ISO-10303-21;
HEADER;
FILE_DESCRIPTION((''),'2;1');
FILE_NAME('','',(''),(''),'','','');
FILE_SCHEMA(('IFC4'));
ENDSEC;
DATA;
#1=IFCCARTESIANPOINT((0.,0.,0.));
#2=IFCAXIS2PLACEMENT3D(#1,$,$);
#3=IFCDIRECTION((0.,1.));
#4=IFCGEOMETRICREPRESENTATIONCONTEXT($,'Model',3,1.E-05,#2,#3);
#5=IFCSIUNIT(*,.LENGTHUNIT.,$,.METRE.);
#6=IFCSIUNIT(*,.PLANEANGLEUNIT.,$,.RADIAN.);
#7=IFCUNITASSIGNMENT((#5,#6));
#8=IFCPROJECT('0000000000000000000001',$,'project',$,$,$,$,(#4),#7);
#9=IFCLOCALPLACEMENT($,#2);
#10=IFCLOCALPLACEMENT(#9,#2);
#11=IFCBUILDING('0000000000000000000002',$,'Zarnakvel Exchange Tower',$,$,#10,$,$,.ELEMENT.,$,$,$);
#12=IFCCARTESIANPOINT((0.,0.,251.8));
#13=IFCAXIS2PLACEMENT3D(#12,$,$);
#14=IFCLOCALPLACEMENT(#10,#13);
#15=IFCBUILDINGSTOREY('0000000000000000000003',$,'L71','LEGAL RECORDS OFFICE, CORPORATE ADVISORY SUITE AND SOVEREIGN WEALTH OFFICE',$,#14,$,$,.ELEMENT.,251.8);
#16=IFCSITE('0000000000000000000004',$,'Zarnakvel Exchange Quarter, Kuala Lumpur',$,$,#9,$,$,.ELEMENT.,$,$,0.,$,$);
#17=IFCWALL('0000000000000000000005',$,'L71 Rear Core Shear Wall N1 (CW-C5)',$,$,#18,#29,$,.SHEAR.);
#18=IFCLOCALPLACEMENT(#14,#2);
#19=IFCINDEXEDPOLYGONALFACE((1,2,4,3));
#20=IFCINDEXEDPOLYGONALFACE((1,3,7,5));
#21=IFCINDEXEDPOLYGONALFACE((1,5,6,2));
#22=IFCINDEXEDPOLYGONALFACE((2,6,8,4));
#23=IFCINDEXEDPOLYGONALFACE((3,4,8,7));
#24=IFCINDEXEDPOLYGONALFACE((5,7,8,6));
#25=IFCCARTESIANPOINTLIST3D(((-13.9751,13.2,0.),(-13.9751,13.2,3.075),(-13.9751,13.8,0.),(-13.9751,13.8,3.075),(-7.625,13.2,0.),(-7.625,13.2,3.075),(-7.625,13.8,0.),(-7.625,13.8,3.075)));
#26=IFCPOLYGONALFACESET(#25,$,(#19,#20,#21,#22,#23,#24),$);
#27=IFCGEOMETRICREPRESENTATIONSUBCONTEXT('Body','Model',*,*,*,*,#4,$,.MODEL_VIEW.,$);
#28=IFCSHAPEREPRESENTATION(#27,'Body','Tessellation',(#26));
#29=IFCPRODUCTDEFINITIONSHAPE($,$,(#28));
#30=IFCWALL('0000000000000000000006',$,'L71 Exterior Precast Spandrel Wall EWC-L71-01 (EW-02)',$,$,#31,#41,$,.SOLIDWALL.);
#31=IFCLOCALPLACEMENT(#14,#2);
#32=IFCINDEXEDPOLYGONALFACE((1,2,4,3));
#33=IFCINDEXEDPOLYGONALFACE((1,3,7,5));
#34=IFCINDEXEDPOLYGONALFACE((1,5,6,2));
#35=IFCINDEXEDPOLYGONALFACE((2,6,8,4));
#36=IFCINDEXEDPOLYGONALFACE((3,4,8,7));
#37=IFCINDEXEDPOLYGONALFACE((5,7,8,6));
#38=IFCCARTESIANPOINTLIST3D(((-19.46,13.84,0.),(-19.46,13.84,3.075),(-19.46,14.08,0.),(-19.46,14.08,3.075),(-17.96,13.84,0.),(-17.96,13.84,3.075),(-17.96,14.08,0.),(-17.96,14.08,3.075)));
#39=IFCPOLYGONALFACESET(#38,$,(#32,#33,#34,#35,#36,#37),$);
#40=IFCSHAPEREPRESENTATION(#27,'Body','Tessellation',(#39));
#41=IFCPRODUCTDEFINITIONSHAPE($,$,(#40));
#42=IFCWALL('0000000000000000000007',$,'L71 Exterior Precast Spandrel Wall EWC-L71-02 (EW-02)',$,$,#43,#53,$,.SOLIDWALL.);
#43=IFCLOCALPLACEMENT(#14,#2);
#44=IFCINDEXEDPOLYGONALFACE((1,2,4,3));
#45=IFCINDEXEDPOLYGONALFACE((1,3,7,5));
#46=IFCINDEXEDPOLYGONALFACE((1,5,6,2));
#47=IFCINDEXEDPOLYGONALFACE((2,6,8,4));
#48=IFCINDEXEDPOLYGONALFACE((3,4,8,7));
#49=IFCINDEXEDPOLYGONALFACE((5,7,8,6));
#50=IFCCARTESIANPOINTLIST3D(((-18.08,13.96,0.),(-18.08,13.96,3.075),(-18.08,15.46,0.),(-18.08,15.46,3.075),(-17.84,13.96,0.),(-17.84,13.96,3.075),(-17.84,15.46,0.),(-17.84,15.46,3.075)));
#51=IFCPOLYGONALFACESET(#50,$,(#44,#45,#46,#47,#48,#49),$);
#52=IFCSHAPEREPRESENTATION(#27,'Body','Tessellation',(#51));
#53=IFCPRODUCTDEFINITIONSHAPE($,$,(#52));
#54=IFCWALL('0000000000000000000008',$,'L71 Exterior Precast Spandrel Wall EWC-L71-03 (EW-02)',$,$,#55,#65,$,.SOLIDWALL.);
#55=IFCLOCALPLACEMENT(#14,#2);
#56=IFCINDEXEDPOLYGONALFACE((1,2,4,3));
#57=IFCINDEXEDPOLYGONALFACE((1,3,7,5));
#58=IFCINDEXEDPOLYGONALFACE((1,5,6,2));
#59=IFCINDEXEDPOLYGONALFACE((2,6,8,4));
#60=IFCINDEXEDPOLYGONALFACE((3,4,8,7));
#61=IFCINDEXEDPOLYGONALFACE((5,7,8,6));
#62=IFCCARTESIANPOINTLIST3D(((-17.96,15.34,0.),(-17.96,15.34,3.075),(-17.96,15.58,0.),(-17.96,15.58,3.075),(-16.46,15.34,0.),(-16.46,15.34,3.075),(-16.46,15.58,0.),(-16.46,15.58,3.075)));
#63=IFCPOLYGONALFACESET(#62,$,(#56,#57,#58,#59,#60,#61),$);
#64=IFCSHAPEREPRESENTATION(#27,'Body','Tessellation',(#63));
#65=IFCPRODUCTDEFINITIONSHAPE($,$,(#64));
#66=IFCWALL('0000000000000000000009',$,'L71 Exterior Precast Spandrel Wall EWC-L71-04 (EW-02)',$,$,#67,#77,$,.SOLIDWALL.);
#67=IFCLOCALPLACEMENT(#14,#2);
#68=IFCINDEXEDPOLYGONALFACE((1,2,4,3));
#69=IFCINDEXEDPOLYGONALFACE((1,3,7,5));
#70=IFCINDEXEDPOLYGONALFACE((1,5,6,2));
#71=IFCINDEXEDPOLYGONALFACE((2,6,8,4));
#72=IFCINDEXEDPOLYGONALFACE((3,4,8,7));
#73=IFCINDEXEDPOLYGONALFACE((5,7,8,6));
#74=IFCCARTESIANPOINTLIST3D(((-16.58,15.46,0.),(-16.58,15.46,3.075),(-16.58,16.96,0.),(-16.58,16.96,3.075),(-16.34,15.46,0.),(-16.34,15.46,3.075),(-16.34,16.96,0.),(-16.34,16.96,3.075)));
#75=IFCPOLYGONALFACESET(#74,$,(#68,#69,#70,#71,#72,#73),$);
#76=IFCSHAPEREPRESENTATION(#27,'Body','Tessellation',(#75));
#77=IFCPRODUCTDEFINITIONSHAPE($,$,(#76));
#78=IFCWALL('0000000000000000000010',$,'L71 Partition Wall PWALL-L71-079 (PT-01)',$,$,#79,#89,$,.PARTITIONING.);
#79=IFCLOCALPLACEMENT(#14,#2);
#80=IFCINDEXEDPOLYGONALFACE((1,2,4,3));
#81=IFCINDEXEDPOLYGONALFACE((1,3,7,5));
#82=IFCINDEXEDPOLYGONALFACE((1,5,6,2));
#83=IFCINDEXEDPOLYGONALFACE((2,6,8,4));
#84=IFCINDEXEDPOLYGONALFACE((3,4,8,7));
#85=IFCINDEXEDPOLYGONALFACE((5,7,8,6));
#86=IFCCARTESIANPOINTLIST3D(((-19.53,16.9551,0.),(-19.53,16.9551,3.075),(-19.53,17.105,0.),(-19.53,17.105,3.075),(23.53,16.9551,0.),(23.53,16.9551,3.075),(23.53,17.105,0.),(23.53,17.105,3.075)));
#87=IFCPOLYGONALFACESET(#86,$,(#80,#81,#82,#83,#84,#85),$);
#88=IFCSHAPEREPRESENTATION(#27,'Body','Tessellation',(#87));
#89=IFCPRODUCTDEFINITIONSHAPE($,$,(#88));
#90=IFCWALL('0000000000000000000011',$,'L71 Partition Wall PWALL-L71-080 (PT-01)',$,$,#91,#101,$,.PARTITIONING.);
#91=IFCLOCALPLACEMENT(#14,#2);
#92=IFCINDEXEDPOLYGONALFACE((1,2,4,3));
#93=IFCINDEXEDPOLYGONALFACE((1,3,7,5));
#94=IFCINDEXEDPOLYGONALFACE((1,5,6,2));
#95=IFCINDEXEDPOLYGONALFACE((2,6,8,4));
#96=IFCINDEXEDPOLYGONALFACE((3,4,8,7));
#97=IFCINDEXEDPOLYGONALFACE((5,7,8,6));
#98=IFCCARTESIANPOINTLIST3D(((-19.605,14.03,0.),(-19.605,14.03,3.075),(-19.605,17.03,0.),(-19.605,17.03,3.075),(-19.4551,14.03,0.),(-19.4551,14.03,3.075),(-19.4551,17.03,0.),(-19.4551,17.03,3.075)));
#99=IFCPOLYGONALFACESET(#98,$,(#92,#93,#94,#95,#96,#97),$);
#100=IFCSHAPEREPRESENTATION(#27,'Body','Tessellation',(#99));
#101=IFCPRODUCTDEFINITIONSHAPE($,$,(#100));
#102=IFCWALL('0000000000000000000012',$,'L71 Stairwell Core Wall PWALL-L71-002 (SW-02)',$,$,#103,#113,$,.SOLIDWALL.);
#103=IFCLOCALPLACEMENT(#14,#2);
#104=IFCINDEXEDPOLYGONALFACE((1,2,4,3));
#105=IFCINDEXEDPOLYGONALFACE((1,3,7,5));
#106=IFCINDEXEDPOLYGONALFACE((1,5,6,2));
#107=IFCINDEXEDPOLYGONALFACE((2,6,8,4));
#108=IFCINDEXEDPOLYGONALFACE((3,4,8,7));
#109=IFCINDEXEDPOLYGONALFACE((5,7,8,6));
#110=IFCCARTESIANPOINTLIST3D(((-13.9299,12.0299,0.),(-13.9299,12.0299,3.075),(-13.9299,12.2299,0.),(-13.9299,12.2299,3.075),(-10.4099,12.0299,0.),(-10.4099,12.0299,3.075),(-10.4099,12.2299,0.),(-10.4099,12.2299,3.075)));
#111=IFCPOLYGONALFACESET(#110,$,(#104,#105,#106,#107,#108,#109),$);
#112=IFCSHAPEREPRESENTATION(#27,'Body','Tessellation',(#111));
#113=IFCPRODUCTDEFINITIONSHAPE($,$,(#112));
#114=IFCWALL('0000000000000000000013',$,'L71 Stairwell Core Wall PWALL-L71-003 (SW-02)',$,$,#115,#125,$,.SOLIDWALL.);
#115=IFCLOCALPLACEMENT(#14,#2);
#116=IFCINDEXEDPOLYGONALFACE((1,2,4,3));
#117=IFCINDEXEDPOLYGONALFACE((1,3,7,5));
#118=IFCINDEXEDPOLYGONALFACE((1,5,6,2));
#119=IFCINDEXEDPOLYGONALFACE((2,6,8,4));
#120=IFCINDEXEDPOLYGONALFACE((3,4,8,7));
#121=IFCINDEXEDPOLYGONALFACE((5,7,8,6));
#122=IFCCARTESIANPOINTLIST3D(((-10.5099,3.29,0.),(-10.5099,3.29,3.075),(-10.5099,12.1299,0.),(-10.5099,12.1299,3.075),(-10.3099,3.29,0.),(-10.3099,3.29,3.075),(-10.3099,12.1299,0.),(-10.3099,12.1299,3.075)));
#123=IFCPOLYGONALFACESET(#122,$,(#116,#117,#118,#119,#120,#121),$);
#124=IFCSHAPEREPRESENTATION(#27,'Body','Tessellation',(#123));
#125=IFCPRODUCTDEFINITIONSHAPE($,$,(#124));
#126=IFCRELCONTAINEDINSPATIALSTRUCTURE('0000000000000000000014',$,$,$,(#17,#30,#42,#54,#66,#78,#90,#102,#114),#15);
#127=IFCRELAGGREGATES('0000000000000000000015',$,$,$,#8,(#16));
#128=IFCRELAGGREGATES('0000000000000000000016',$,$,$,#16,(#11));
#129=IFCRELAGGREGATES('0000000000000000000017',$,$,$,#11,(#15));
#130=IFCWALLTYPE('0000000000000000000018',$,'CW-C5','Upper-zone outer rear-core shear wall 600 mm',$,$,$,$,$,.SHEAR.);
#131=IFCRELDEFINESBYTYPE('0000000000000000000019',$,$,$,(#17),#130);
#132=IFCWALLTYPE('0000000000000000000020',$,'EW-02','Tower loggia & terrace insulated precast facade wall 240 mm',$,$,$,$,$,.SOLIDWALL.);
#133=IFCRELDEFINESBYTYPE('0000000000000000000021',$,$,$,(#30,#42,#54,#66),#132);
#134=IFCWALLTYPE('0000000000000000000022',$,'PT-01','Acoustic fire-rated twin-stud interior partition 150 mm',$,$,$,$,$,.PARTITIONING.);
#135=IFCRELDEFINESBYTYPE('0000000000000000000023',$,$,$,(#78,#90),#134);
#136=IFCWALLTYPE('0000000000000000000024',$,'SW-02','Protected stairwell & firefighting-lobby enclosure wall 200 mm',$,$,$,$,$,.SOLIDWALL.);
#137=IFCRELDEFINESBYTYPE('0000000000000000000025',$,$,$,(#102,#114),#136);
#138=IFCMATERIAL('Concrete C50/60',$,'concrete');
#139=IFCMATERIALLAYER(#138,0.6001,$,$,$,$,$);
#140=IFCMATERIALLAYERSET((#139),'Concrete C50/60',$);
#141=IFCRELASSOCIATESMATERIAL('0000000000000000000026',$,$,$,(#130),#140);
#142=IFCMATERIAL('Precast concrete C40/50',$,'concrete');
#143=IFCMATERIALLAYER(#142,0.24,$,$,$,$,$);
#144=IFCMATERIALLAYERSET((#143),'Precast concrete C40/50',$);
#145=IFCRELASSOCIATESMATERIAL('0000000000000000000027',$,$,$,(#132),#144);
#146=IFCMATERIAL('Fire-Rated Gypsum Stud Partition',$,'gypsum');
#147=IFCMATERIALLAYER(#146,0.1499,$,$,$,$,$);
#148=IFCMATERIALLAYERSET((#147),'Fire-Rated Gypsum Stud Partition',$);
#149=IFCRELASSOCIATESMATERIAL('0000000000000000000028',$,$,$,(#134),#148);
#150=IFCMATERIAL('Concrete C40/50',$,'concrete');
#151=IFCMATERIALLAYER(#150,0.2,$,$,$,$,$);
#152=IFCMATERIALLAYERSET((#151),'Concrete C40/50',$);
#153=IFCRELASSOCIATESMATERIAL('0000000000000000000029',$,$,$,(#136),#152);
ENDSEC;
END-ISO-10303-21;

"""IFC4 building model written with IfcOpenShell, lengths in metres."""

from ifc_helpers import new_model, si_unit, direction, frame, frame_2d, origin, place, context, subcontext, project, spatial, rectangle, extrude, material, layer, layer_set, type_object, element, save


model = new_model("IFC4")

# Units and contexts
model_context = context("Model", 3, precision=1e-05, world=origin(), true_north=direction((0.0, 1.0)))
body_context = subcontext(model_context, "Body", "Model", "MODEL_VIEW")
ifc_project = project(units=[si_unit("LENGTHUNIT", "METRE"), si_unit("PLANEANGLEUNIT", "RADIAN")], contexts=[model_context])

# Site, building, storey
site_placement = place(None, origin())
site = spatial("IfcSite", under=ifc_project, at=site_placement, Name="Zarnakvel Exchange Quarter, Kuala Lumpur", CompositionType="ELEMENT", RefElevation=0.0)
building_placement = place(site_placement, origin())
building = spatial("IfcBuilding", under=site, at=building_placement, Name="Zarnakvel Exchange Tower", CompositionType="ELEMENT")
storey_placement = place(building_placement, frame((0.0, 0.0, 251.8)))
storey = spatial("IfcBuildingStorey", under=building, at=storey_placement, Name="L71", Description="LEGAL RECORDS OFFICE, CORPORATE ADVISORY SUITE AND SOVEREIGN WEALTH OFFICE", CompositionType="ELEMENT", Elevation=251.8)

# Shared definitions
ifc_material_1 = material(Name="Concrete C50/60", Category="concrete")

# Walls
ifc_layer_1 = layer(ifc_material_1, 0.6001)
ifc_layer_set_1 = layer_set([ifc_layer_1], Name="Concrete C50/60")
wall_type_1 = type_object("IfcWallType", Name="CW-C5", Description="Upper-zone outer rear-core shear wall 600 mm", PredefinedType="SHEAR", material=ifc_layer_set_1)
wall_1_placement = place(storey_placement, frame((-13.9751, 13.5, 0.0), z_axis=(0.0, 0.0, 1.0), x_axis=(1.0, 0.0, 0.0)))
element("IfcWall", 1, at=wall_1_placement, inside=storey, type_object=wall_type_1, Name="L71 Rear Core Shear Wall N1 (CW-C5)", PredefinedType="SHEAR", context=body_context, shape_type="SweptSolid", body=[
    extrude(rectangle(XDim=6.3501, YDim=0.6001, at=frame_2d((3.175, 0.0))), origin(), (0.0, 0.0, 1.0), 3.075),
])
ifc_material_2 = material(Name="Precast concrete C40/50", Category="concrete")
ifc_layer_2 = layer(ifc_material_2, 0.24)
ifc_layer_set_2 = layer_set([ifc_layer_2], Name="Precast concrete C40/50")
wall_type_2 = type_object("IfcWallType", Name="EW-02", Description="Tower loggia & terrace insulated precast facade wall 240 mm", PredefinedType="SOLIDWALL", material=ifc_layer_set_2)
for number, where, z_axis, x_axis, name in (
    (2, (-17.96, 13.96, 0.0), (0.0, 0.0, 1.0), (-1.0, 0.0, 0.0), "L71 Exterior Precast Spandrel Wall EWC-L71-01 (EW-02)"),
    (3, (-17.96, 15.46, 0.0), (0.0, 0.0, 1.0), (0.0, -1.0, 0.0), "L71 Exterior Precast Spandrel Wall EWC-L71-02 (EW-02)"),
    (4, (-16.46, 15.46, 0.0), (0.0, 0.0, 1.0), (-1.0, 0.0, 0.0), "L71 Exterior Precast Spandrel Wall EWC-L71-03 (EW-02)"),
    (5, (-16.46, 16.96, 0.0), (0.0, 0.0, 1.0), (0.0, -1.0, 0.0), "L71 Exterior Precast Spandrel Wall EWC-L71-04 (EW-02)"),
):
    element("IfcWall", number, at=place(storey_placement, frame(where, z_axis=z_axis, x_axis=x_axis)), inside=storey, type_object=wall_type_2, Name=name, PredefinedType="SOLIDWALL", context=body_context, shape_type="SweptSolid", body=[
        extrude(rectangle(XDim=1.5, YDim=0.24, at=frame_2d((0.75, 0.0))), origin(), (0.0, 0.0, 1.0), 3.075),
    ])

# Shared definitions
ifc_material_3 = material(Name="Fire-Rated Gypsum Stud Partition", Category="gypsum")
ifc_layer_3 = layer(ifc_material_3, 0.1499)
ifc_layer_set_3 = layer_set([ifc_layer_3], Name="Fire-Rated Gypsum Stud Partition")
wall_type_3 = type_object("IfcWallType", Name="PT-01", Description="Acoustic fire-rated twin-stud interior partition 150 mm", PredefinedType="PARTITIONING", material=ifc_layer_set_3)

# Walls
wall_2_placement = place(storey_placement, frame((-19.53, 17.03, 0.0), z_axis=(0.0, 0.0, 1.0), x_axis=(1.0, 0.0, 0.0)))
element("IfcWall", 6, at=wall_2_placement, inside=storey, type_object=wall_type_3, Name="L71 Partition Wall PWALL-L71-079 (PT-01)", PredefinedType="PARTITIONING", context=body_context, shape_type="SweptSolid", body=[
    extrude(rectangle(XDim=43.0601, YDim=0.1499, at=frame_2d((21.53, 0.0))), origin(), (0.0, 0.0, 1.0), 3.075),
])
wall_3_placement = place(storey_placement, frame((-19.53, 14.03, 0.0), z_axis=(0.0, 0.0, 1.0), x_axis=(0.0, 1.0, 0.0)))
element("IfcWall", 7, at=wall_3_placement, inside=storey, type_object=wall_type_3, Name="L71 Partition Wall PWALL-L71-080 (PT-01)", PredefinedType="PARTITIONING", context=body_context, shape_type="SweptSolid", body=[
    extrude(rectangle(XDim=3.0, YDim=0.1499, at=frame_2d((1.5, 0.0))), origin(), (0.0, 0.0, 1.0), 3.075),
])
ifc_material_4 = material(Name="Concrete C40/50", Category="concrete")
ifc_layer_4 = layer(ifc_material_4, 0.2)
ifc_layer_set_4 = layer_set([ifc_layer_4], Name="Concrete C40/50")
wall_type_4 = type_object("IfcWallType", Name="SW-02", Description="Protected stairwell & firefighting-lobby enclosure wall 200 mm", PredefinedType="SOLIDWALL", material=ifc_layer_set_4)
wall_4_placement = place(storey_placement, frame((-13.9299, 12.1299, 0.0), z_axis=(0.0, 0.0, 1.0), x_axis=(1.0, 0.0, 0.0)))
element("IfcWall", 8, at=wall_4_placement, inside=storey, type_object=wall_type_4, Name="L71 Stairwell Core Wall PWALL-L71-002 (SW-02)", PredefinedType="SOLIDWALL", context=body_context, shape_type="SweptSolid", body=[
    extrude(rectangle(XDim=3.52, YDim=0.2, at=frame_2d((1.76, 0.0))), origin(), (0.0, 0.0, 1.0), 3.075),
])
wall_5_placement = place(storey_placement, frame((-10.4099, 12.1299, 0.0), z_axis=(0.0, 0.0, 1.0), x_axis=(0.0, -1.0, 0.0)))
element("IfcWall", 9, at=wall_5_placement, inside=storey, type_object=wall_type_4, Name="L71 Stairwell Core Wall PWALL-L71-003 (SW-02)", PredefinedType="SOLIDWALL", context=body_context, shape_type="SweptSolid", body=[
    extrude(rectangle(XDim=8.8398, YDim=0.2, at=frame_2d((4.4199, 0.0))), origin(), (0.0, 0.0, 1.0), 3.075),
])

save(model, "model.ifc")
